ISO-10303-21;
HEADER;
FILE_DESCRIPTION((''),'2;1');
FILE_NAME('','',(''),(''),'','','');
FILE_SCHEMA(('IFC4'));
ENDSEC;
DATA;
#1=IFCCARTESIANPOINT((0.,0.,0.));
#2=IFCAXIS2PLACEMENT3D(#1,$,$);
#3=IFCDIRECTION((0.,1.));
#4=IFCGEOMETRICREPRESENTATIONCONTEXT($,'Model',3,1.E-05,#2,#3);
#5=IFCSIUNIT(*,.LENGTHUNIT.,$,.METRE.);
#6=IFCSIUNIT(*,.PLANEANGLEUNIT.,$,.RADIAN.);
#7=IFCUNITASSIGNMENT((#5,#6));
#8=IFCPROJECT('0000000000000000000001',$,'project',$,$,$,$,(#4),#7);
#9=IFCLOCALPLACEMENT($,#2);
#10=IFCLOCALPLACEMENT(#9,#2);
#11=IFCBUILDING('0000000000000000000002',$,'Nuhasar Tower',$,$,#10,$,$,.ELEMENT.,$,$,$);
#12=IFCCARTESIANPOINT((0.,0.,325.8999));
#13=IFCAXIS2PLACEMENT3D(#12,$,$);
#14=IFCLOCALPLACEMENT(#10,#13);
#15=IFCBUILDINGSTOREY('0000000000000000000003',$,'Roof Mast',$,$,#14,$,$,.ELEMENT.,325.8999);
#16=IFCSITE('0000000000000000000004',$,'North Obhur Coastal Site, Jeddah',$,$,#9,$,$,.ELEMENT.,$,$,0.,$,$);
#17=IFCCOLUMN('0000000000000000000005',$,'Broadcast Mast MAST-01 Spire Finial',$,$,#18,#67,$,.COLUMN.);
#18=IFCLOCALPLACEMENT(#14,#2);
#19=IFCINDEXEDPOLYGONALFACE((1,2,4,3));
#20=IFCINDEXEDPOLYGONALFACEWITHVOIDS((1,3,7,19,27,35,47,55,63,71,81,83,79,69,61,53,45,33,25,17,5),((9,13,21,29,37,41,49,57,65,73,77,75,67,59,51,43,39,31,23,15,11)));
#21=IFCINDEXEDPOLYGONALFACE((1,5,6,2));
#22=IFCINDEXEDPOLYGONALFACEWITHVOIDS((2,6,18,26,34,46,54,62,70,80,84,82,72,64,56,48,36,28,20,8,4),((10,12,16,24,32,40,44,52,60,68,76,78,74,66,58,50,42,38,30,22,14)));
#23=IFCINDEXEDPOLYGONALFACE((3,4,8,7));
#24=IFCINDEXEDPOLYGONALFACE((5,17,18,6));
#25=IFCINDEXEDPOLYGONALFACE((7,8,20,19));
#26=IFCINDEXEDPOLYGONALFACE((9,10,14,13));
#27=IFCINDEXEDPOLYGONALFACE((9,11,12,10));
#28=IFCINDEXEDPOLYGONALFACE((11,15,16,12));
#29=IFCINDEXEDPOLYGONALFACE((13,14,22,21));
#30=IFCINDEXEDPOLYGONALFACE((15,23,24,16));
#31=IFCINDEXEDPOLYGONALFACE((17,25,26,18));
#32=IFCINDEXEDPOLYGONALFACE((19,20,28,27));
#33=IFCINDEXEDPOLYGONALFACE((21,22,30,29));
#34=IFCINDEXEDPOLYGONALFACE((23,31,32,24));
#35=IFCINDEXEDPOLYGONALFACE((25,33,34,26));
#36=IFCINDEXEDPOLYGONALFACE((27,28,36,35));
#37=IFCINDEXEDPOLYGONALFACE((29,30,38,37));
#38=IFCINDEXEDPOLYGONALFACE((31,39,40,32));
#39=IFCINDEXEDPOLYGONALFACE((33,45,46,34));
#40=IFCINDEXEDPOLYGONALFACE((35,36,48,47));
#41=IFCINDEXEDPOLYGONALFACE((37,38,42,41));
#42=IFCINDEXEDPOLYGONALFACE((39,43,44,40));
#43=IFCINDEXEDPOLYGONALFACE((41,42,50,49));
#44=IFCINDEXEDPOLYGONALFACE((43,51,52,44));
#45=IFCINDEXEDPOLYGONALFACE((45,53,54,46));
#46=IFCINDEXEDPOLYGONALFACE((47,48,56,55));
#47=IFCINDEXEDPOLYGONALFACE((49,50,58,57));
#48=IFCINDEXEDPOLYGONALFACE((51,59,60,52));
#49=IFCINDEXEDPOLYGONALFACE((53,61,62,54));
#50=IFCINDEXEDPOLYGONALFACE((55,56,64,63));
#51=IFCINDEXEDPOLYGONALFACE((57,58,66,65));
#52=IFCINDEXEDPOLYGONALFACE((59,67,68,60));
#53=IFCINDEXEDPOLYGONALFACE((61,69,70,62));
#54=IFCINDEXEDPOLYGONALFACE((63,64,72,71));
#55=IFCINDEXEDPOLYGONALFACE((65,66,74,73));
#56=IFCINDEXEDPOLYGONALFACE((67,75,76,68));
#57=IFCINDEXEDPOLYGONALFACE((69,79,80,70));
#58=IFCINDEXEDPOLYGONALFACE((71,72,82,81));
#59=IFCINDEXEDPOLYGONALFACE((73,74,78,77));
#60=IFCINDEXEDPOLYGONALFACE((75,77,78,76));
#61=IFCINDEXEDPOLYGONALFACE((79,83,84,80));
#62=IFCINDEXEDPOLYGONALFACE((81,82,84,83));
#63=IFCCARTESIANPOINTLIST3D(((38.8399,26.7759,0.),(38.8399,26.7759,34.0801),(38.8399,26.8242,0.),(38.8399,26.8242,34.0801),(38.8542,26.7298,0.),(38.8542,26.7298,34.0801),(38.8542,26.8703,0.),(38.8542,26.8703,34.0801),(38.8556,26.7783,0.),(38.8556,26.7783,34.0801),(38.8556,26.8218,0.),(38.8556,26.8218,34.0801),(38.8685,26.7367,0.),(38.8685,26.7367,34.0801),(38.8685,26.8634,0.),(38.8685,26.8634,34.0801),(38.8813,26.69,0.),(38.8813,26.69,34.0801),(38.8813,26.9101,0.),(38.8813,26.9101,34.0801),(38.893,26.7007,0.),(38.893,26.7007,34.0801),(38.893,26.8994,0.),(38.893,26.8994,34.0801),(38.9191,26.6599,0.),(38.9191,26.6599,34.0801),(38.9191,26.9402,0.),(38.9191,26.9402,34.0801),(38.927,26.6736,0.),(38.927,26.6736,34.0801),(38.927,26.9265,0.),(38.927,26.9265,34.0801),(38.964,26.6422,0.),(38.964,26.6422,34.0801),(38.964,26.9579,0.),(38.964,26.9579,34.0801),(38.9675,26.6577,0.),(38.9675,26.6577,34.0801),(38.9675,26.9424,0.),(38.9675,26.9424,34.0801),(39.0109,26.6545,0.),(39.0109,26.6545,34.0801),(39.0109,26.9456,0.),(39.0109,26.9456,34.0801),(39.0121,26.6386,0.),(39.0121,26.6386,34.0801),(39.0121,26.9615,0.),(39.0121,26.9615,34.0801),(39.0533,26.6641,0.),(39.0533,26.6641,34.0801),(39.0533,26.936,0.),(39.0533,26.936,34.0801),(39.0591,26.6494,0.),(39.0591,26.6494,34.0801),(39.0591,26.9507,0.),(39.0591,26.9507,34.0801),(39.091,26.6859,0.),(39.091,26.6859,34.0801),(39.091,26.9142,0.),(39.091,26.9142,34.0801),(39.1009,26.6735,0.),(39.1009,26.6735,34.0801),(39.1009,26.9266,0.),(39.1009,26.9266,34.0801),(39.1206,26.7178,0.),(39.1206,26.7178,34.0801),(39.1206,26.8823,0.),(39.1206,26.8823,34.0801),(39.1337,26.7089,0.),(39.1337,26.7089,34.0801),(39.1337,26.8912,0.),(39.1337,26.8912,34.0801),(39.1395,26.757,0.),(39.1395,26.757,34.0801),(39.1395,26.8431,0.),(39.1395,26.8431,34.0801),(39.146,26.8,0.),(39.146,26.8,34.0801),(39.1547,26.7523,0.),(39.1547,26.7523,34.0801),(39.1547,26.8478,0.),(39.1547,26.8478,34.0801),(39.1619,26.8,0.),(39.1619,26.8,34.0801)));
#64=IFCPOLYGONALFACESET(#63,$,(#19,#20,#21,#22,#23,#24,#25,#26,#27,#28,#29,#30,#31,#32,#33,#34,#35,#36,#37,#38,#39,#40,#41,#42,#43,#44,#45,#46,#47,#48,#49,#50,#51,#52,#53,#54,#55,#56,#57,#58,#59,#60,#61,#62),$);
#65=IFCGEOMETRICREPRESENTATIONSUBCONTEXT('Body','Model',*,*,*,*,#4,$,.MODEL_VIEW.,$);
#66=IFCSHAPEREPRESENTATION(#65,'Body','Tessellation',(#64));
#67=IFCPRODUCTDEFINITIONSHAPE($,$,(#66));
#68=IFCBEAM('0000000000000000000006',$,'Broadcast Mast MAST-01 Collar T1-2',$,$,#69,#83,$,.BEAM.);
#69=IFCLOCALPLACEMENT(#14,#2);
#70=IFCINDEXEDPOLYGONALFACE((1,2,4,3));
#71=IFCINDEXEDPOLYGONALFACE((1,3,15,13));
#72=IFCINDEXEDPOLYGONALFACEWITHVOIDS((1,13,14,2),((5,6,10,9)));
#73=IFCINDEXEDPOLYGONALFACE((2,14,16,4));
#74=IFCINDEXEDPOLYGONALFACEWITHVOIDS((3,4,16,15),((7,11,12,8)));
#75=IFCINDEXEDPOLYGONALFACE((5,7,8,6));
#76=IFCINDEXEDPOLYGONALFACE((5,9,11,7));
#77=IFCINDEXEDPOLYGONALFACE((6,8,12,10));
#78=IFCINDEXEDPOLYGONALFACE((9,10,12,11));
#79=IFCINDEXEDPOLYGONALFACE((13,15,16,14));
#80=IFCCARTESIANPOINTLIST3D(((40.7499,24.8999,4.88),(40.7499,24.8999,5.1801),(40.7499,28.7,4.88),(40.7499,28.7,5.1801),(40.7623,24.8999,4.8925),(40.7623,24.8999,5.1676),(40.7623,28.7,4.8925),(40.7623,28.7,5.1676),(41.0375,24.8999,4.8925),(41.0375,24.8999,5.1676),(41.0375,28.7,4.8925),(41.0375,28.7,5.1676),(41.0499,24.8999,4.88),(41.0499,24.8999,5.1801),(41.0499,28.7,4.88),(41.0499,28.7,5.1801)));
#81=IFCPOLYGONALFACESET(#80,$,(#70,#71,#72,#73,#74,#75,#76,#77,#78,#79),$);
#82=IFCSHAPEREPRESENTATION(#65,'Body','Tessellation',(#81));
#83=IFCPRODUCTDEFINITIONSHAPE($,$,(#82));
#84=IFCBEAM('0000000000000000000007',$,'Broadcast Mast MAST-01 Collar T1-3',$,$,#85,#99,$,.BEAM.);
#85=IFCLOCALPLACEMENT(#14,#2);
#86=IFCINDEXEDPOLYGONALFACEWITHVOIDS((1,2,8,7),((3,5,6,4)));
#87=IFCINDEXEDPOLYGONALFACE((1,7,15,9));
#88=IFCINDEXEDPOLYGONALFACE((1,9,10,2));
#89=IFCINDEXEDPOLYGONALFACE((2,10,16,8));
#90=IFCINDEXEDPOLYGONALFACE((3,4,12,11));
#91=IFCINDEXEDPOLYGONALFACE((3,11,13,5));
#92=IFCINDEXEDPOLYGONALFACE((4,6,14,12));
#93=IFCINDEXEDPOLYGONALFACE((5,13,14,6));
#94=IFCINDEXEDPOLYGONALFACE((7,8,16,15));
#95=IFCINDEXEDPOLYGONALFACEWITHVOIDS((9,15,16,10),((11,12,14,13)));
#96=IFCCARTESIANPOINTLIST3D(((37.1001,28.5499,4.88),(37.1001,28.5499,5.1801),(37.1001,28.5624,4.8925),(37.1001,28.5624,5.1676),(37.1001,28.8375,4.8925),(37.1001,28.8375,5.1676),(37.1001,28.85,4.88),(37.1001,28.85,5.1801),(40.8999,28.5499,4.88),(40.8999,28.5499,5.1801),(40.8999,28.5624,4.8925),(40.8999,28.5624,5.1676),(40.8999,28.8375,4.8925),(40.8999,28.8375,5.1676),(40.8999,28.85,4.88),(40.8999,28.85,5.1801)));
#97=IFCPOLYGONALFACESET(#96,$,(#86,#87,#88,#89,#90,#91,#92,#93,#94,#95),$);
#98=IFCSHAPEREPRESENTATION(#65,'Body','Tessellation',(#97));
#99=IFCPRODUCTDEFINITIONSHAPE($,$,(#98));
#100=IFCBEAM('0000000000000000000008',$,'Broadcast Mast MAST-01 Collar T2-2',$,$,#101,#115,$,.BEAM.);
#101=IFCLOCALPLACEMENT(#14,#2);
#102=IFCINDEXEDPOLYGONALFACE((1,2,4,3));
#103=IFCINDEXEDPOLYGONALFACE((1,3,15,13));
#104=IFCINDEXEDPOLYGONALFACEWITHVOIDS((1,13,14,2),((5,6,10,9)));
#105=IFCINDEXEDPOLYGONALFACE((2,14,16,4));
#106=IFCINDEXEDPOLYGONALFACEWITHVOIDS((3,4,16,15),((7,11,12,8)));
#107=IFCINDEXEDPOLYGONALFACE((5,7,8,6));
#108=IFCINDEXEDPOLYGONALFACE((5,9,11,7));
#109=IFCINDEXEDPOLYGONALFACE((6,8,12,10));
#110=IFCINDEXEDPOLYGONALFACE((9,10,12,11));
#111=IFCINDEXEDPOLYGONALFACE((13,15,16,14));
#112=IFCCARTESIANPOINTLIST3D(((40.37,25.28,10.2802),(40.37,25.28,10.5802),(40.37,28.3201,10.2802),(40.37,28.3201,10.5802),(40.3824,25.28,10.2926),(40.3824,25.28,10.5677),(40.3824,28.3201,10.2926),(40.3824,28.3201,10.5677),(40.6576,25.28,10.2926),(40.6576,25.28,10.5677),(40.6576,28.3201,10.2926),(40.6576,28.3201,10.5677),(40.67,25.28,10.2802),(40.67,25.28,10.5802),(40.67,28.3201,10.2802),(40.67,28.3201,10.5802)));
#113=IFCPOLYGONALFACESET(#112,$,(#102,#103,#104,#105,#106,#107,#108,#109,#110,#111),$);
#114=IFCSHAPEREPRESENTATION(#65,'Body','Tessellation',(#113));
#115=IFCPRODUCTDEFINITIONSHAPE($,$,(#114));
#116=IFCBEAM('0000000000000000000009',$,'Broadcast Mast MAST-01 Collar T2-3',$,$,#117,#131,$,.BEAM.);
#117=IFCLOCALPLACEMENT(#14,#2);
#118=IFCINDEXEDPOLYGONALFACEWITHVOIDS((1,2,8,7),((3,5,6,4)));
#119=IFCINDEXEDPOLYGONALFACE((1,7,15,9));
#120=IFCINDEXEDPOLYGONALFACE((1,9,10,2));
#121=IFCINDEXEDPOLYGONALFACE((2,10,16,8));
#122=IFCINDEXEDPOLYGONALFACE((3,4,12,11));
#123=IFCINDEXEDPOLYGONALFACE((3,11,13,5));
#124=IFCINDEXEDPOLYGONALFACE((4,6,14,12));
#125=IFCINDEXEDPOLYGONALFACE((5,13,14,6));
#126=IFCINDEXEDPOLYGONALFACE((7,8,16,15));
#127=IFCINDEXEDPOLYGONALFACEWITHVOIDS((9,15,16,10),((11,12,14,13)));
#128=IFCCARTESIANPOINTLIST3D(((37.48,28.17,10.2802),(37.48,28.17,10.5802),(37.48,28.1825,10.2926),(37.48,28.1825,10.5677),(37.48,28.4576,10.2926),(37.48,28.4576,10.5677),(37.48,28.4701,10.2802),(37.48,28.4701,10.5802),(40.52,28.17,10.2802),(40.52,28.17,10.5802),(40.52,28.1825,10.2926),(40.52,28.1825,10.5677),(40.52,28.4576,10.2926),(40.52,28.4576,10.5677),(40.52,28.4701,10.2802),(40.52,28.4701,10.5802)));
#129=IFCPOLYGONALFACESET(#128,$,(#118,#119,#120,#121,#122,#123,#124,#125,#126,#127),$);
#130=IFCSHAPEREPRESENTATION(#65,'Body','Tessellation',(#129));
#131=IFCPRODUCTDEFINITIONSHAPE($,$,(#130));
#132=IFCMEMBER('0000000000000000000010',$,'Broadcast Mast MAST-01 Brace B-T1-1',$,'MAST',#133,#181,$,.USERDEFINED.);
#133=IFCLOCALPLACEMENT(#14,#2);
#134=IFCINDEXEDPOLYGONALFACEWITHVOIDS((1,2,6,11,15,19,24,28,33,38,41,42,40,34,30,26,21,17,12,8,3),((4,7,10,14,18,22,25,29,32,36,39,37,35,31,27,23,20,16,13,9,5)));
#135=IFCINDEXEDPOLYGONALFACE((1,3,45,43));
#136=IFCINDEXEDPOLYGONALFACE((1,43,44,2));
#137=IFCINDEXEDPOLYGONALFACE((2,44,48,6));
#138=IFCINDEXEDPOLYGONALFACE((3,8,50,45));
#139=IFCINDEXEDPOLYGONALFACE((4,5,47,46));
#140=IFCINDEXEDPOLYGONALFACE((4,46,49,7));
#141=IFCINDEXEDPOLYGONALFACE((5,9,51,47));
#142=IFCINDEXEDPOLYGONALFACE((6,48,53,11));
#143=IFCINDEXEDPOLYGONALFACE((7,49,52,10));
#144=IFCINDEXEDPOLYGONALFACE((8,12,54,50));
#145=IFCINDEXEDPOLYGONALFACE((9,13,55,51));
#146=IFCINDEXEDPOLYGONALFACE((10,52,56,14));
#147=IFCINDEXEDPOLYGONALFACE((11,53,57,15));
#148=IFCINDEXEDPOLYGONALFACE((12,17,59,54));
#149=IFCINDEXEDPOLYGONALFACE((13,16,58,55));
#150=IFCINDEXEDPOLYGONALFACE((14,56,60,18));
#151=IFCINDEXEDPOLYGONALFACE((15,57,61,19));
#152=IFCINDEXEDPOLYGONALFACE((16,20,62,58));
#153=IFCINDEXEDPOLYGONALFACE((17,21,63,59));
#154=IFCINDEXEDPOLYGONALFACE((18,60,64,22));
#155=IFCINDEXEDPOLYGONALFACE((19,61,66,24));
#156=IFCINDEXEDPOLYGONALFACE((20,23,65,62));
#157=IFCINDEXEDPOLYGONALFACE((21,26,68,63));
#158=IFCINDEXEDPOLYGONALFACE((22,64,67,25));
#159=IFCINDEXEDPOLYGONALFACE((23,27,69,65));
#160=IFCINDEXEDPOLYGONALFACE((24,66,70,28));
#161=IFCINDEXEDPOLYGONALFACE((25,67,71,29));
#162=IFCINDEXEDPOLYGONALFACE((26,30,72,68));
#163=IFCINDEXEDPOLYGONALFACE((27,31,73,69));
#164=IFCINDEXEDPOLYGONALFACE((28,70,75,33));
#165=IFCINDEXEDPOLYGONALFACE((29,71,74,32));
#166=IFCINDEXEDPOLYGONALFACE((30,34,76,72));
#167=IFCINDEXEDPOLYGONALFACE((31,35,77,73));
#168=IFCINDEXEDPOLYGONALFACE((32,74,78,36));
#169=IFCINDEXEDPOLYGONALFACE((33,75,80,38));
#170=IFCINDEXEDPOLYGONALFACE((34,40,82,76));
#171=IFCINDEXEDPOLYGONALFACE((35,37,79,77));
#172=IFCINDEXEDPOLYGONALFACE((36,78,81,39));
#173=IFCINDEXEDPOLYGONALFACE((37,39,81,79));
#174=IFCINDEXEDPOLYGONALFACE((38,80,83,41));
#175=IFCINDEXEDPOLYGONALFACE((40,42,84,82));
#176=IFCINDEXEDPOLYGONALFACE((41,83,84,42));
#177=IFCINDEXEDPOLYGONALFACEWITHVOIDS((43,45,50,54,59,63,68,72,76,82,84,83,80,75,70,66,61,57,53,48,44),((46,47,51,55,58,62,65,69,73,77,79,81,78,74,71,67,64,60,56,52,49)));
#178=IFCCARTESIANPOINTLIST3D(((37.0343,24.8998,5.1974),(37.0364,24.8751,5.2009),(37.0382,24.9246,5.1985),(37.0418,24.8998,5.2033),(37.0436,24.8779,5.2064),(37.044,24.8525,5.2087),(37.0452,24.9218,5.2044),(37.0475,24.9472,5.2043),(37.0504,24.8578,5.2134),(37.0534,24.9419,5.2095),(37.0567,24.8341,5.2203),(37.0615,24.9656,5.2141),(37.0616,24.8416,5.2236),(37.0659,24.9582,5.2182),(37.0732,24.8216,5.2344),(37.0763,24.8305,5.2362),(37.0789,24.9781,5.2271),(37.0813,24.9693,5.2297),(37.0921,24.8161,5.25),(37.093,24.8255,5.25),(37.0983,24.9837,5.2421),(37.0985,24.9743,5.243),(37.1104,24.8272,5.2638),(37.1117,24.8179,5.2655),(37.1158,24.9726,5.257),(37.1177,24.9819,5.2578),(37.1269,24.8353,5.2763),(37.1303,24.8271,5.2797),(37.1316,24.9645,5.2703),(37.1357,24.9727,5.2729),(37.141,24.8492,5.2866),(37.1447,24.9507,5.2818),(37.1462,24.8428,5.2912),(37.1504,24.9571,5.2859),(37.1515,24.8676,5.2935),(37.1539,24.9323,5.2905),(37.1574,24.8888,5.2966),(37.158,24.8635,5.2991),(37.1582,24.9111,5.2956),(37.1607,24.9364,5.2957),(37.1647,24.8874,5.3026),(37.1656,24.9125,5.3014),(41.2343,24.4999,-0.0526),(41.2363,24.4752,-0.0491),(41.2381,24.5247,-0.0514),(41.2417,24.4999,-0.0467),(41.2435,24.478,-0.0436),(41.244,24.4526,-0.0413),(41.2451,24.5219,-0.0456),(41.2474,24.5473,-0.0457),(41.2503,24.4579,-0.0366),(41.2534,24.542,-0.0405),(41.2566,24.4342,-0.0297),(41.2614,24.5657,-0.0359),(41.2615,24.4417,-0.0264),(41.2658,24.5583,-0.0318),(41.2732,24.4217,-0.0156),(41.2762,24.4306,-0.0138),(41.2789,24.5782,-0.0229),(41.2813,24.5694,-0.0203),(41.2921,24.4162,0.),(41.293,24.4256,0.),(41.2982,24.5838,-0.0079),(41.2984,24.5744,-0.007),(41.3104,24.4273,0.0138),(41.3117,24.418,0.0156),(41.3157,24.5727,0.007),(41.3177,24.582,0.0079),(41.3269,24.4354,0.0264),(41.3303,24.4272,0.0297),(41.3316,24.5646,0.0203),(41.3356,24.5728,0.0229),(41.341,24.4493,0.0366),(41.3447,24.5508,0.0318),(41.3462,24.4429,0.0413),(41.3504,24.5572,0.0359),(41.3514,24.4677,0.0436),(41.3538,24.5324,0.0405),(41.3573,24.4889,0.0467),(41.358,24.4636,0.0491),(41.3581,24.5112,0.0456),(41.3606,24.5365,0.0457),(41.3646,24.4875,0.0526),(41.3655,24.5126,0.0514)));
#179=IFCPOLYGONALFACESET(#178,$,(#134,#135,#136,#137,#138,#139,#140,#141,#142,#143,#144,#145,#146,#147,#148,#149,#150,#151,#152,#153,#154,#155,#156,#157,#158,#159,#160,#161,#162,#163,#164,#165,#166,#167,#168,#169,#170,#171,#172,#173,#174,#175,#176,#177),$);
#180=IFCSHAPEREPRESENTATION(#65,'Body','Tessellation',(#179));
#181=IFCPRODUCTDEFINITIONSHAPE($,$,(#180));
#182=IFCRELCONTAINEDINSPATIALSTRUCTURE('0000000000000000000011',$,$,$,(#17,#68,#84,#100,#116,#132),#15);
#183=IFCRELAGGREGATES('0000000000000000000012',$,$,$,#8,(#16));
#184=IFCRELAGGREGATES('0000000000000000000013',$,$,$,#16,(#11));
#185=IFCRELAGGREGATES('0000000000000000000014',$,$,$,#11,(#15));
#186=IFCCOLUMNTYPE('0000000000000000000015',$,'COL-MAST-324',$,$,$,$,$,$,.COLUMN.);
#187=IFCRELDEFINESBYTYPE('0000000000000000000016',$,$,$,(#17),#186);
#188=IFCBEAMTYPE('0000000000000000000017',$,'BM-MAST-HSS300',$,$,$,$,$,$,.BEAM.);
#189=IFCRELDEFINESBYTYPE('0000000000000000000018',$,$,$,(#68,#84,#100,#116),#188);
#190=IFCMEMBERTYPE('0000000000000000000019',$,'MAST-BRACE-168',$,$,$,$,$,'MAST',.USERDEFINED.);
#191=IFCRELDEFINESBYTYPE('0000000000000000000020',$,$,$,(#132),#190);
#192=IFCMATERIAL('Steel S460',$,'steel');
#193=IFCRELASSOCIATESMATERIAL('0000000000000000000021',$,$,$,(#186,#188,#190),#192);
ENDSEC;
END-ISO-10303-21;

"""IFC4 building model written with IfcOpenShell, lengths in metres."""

from ifc_helpers import new_model, si_unit, direction, frame, origin, origin_2d, place, context, subcontext, project, spatial, hollow_rectangle, hollow_circle, extrude, material, material_profile, profile_set, type_object, element, save


model = new_model("IFC4")

# Units and contexts
model_context = context("Model", 3, precision=1e-05, world=origin(), true_north=direction((0.0, 1.0)))
body_context = subcontext(model_context, "Body", "Model", "MODEL_VIEW")
ifc_project = project(units=[si_unit("LENGTHUNIT", "METRE"), si_unit("PLANEANGLEUNIT", "RADIAN")], contexts=[model_context])

# Site, building, storey
site_placement = place(None, origin())
site = spatial("IfcSite", under=ifc_project, at=site_placement, Name="North Obhur Coastal Site, Jeddah", CompositionType="ELEMENT", RefElevation=0.0)
building_placement = place(site_placement, origin())
building = spatial("IfcBuilding", under=site, at=building_placement, Name="Nuhasar Tower", CompositionType="ELEMENT")
storey_placement = place(building_placement, frame((0.0, 0.0, 325.8999)))
storey = spatial("IfcBuildingStorey", under=building, at=storey_placement, Name="Roof Mast", CompositionType="ELEMENT", Elevation=325.8999)

# Column
ifc_material = material(Name="Steel S460", Category="steel")
ifc_material_profile_1 = material_profile(ifc_material, hollow_circle(Radius=0.1619, WallThickness=0.0159, at=origin_2d()), Name="HSS323.9X15.9")
ifc_profile_set_1 = profile_set([ifc_material_profile_1], Name="Steel S460")
column_type = type_object("IfcColumnType", Name="COL-MAST-324", PredefinedType="COLUMN", material=ifc_profile_set_1)
column_placement = place(storey_placement, frame((39.0, 26.8, 0.0), z_axis=(0.0, 0.0, 1.0), x_axis=(1.0, 0.0, 0.0)))
element("IfcColumn", 1, at=column_placement, inside=storey, type_object=column_type, Name="Broadcast Mast MAST-01 Spire Finial", PredefinedType="COLUMN", context=body_context, shape_type="SweptSolid", body=[
    extrude(hollow_circle(Radius=0.1619, WallThickness=0.0159, at=origin_2d()), origin(), (0.0, 0.0, 1.0), 34.0801),
])

# Beams
ifc_material_profile_2 = material_profile(ifc_material, hollow_rectangle(XDim=0.3, YDim=0.3, WallThickness=0.0125, at=origin_2d()), Name="HSS300X300X12.5")
ifc_profile_set_2 = profile_set([ifc_material_profile_2], Name="Steel S460")
beam_type = type_object("IfcBeamType", Name="BM-MAST-HSS300", PredefinedType="BEAM", material=ifc_profile_set_2)
beam_1_placement = place(storey_placement, frame((40.8999, 24.8999, 5.03), z_axis=(0.0, 1.0, 0.0), x_axis=(-1.0, 0.0, 0.0)))
element("IfcBeam", 2, at=beam_1_placement, inside=storey, type_object=beam_type, Name="Broadcast Mast MAST-01 Collar T1-2", PredefinedType="BEAM", context=body_context, shape_type="SweptSolid", body=[
    extrude(hollow_rectangle(XDim=0.3, YDim=0.3, WallThickness=0.0125, at=origin_2d()), origin(), (0.0, 0.0, 1.0), 3.8),
])
beam_2_placement = place(storey_placement, frame((40.8999, 28.7, 5.03), z_axis=(-1.0, 0.0, 0.0), x_axis=(0.0, -1.0, 0.0)))
element("IfcBeam", 3, at=beam_2_placement, inside=storey, type_object=beam_type, Name="Broadcast Mast MAST-01 Collar T1-3", PredefinedType="BEAM", context=body_context, shape_type="SweptSolid", body=[
    extrude(hollow_rectangle(XDim=0.3, YDim=0.3, WallThickness=0.0125, at=origin_2d()), origin(), (0.0, 0.0, 1.0), 3.7998),
])
for number, where, z_axis, x_axis, name in (
    (4, (40.52, 25.28, 10.4302), (0.0, 1.0, 0.0), (-1.0, 0.0, 0.0), "Broadcast Mast MAST-01 Collar T2-2"),
    (5, (40.52, 28.3201, 10.4302), (-1.0, 0.0, 0.0), (0.0, -1.0, 0.0), "Broadcast Mast MAST-01 Collar T2-3"),
):
    element("IfcBeam", number, at=place(storey_placement, frame(where, z_axis=z_axis, x_axis=x_axis)), inside=storey, type_object=beam_type, Name=name, PredefinedType="BEAM", context=body_context, shape_type="SweptSolid", body=[
        extrude(hollow_rectangle(XDim=0.3, YDim=0.3, WallThickness=0.0125, at=origin_2d()), origin(), (0.0, 0.0, 1.0), 3.04),
    ])

# Member
ifc_material_profile_3 = material_profile(ifc_material, hollow_circle(Radius=0.0842, WallThickness=0.0095, at=origin_2d()), Name="HSS168.3X9.5")
ifc_profile_set_3 = profile_set([ifc_material_profile_3], Name="Steel S460")
member_type = type_object("IfcMemberType", Name="MAST-BRACE-168", ElementType="MAST", PredefinedType="USERDEFINED", material=ifc_profile_set_3)
for number, where, z_axis, x_axis, name in (
    (6, (41.3, 24.5, 0.0), (-0.623588, 0.059376, 0.779495), (-0.094787, -0.995498, 0.0), "Broadcast Mast MAST-01 Brace B-T1-1"),
):
    element("IfcMember", number, at=place(storey_placement, frame(where, z_axis=z_axis, x_axis=x_axis)), inside=storey, type_object=member_type, Name=name, ObjectType="MAST", PredefinedType="USERDEFINED", context=body_context, shape_type="SweptSolid", body=[
        extrude(hollow_circle(Radius=0.0842, WallThickness=0.0095, at=origin_2d()), origin(), (0.0, 0.0, 1.0), 6.7351),
    ])

save(model, "model.ifc")
